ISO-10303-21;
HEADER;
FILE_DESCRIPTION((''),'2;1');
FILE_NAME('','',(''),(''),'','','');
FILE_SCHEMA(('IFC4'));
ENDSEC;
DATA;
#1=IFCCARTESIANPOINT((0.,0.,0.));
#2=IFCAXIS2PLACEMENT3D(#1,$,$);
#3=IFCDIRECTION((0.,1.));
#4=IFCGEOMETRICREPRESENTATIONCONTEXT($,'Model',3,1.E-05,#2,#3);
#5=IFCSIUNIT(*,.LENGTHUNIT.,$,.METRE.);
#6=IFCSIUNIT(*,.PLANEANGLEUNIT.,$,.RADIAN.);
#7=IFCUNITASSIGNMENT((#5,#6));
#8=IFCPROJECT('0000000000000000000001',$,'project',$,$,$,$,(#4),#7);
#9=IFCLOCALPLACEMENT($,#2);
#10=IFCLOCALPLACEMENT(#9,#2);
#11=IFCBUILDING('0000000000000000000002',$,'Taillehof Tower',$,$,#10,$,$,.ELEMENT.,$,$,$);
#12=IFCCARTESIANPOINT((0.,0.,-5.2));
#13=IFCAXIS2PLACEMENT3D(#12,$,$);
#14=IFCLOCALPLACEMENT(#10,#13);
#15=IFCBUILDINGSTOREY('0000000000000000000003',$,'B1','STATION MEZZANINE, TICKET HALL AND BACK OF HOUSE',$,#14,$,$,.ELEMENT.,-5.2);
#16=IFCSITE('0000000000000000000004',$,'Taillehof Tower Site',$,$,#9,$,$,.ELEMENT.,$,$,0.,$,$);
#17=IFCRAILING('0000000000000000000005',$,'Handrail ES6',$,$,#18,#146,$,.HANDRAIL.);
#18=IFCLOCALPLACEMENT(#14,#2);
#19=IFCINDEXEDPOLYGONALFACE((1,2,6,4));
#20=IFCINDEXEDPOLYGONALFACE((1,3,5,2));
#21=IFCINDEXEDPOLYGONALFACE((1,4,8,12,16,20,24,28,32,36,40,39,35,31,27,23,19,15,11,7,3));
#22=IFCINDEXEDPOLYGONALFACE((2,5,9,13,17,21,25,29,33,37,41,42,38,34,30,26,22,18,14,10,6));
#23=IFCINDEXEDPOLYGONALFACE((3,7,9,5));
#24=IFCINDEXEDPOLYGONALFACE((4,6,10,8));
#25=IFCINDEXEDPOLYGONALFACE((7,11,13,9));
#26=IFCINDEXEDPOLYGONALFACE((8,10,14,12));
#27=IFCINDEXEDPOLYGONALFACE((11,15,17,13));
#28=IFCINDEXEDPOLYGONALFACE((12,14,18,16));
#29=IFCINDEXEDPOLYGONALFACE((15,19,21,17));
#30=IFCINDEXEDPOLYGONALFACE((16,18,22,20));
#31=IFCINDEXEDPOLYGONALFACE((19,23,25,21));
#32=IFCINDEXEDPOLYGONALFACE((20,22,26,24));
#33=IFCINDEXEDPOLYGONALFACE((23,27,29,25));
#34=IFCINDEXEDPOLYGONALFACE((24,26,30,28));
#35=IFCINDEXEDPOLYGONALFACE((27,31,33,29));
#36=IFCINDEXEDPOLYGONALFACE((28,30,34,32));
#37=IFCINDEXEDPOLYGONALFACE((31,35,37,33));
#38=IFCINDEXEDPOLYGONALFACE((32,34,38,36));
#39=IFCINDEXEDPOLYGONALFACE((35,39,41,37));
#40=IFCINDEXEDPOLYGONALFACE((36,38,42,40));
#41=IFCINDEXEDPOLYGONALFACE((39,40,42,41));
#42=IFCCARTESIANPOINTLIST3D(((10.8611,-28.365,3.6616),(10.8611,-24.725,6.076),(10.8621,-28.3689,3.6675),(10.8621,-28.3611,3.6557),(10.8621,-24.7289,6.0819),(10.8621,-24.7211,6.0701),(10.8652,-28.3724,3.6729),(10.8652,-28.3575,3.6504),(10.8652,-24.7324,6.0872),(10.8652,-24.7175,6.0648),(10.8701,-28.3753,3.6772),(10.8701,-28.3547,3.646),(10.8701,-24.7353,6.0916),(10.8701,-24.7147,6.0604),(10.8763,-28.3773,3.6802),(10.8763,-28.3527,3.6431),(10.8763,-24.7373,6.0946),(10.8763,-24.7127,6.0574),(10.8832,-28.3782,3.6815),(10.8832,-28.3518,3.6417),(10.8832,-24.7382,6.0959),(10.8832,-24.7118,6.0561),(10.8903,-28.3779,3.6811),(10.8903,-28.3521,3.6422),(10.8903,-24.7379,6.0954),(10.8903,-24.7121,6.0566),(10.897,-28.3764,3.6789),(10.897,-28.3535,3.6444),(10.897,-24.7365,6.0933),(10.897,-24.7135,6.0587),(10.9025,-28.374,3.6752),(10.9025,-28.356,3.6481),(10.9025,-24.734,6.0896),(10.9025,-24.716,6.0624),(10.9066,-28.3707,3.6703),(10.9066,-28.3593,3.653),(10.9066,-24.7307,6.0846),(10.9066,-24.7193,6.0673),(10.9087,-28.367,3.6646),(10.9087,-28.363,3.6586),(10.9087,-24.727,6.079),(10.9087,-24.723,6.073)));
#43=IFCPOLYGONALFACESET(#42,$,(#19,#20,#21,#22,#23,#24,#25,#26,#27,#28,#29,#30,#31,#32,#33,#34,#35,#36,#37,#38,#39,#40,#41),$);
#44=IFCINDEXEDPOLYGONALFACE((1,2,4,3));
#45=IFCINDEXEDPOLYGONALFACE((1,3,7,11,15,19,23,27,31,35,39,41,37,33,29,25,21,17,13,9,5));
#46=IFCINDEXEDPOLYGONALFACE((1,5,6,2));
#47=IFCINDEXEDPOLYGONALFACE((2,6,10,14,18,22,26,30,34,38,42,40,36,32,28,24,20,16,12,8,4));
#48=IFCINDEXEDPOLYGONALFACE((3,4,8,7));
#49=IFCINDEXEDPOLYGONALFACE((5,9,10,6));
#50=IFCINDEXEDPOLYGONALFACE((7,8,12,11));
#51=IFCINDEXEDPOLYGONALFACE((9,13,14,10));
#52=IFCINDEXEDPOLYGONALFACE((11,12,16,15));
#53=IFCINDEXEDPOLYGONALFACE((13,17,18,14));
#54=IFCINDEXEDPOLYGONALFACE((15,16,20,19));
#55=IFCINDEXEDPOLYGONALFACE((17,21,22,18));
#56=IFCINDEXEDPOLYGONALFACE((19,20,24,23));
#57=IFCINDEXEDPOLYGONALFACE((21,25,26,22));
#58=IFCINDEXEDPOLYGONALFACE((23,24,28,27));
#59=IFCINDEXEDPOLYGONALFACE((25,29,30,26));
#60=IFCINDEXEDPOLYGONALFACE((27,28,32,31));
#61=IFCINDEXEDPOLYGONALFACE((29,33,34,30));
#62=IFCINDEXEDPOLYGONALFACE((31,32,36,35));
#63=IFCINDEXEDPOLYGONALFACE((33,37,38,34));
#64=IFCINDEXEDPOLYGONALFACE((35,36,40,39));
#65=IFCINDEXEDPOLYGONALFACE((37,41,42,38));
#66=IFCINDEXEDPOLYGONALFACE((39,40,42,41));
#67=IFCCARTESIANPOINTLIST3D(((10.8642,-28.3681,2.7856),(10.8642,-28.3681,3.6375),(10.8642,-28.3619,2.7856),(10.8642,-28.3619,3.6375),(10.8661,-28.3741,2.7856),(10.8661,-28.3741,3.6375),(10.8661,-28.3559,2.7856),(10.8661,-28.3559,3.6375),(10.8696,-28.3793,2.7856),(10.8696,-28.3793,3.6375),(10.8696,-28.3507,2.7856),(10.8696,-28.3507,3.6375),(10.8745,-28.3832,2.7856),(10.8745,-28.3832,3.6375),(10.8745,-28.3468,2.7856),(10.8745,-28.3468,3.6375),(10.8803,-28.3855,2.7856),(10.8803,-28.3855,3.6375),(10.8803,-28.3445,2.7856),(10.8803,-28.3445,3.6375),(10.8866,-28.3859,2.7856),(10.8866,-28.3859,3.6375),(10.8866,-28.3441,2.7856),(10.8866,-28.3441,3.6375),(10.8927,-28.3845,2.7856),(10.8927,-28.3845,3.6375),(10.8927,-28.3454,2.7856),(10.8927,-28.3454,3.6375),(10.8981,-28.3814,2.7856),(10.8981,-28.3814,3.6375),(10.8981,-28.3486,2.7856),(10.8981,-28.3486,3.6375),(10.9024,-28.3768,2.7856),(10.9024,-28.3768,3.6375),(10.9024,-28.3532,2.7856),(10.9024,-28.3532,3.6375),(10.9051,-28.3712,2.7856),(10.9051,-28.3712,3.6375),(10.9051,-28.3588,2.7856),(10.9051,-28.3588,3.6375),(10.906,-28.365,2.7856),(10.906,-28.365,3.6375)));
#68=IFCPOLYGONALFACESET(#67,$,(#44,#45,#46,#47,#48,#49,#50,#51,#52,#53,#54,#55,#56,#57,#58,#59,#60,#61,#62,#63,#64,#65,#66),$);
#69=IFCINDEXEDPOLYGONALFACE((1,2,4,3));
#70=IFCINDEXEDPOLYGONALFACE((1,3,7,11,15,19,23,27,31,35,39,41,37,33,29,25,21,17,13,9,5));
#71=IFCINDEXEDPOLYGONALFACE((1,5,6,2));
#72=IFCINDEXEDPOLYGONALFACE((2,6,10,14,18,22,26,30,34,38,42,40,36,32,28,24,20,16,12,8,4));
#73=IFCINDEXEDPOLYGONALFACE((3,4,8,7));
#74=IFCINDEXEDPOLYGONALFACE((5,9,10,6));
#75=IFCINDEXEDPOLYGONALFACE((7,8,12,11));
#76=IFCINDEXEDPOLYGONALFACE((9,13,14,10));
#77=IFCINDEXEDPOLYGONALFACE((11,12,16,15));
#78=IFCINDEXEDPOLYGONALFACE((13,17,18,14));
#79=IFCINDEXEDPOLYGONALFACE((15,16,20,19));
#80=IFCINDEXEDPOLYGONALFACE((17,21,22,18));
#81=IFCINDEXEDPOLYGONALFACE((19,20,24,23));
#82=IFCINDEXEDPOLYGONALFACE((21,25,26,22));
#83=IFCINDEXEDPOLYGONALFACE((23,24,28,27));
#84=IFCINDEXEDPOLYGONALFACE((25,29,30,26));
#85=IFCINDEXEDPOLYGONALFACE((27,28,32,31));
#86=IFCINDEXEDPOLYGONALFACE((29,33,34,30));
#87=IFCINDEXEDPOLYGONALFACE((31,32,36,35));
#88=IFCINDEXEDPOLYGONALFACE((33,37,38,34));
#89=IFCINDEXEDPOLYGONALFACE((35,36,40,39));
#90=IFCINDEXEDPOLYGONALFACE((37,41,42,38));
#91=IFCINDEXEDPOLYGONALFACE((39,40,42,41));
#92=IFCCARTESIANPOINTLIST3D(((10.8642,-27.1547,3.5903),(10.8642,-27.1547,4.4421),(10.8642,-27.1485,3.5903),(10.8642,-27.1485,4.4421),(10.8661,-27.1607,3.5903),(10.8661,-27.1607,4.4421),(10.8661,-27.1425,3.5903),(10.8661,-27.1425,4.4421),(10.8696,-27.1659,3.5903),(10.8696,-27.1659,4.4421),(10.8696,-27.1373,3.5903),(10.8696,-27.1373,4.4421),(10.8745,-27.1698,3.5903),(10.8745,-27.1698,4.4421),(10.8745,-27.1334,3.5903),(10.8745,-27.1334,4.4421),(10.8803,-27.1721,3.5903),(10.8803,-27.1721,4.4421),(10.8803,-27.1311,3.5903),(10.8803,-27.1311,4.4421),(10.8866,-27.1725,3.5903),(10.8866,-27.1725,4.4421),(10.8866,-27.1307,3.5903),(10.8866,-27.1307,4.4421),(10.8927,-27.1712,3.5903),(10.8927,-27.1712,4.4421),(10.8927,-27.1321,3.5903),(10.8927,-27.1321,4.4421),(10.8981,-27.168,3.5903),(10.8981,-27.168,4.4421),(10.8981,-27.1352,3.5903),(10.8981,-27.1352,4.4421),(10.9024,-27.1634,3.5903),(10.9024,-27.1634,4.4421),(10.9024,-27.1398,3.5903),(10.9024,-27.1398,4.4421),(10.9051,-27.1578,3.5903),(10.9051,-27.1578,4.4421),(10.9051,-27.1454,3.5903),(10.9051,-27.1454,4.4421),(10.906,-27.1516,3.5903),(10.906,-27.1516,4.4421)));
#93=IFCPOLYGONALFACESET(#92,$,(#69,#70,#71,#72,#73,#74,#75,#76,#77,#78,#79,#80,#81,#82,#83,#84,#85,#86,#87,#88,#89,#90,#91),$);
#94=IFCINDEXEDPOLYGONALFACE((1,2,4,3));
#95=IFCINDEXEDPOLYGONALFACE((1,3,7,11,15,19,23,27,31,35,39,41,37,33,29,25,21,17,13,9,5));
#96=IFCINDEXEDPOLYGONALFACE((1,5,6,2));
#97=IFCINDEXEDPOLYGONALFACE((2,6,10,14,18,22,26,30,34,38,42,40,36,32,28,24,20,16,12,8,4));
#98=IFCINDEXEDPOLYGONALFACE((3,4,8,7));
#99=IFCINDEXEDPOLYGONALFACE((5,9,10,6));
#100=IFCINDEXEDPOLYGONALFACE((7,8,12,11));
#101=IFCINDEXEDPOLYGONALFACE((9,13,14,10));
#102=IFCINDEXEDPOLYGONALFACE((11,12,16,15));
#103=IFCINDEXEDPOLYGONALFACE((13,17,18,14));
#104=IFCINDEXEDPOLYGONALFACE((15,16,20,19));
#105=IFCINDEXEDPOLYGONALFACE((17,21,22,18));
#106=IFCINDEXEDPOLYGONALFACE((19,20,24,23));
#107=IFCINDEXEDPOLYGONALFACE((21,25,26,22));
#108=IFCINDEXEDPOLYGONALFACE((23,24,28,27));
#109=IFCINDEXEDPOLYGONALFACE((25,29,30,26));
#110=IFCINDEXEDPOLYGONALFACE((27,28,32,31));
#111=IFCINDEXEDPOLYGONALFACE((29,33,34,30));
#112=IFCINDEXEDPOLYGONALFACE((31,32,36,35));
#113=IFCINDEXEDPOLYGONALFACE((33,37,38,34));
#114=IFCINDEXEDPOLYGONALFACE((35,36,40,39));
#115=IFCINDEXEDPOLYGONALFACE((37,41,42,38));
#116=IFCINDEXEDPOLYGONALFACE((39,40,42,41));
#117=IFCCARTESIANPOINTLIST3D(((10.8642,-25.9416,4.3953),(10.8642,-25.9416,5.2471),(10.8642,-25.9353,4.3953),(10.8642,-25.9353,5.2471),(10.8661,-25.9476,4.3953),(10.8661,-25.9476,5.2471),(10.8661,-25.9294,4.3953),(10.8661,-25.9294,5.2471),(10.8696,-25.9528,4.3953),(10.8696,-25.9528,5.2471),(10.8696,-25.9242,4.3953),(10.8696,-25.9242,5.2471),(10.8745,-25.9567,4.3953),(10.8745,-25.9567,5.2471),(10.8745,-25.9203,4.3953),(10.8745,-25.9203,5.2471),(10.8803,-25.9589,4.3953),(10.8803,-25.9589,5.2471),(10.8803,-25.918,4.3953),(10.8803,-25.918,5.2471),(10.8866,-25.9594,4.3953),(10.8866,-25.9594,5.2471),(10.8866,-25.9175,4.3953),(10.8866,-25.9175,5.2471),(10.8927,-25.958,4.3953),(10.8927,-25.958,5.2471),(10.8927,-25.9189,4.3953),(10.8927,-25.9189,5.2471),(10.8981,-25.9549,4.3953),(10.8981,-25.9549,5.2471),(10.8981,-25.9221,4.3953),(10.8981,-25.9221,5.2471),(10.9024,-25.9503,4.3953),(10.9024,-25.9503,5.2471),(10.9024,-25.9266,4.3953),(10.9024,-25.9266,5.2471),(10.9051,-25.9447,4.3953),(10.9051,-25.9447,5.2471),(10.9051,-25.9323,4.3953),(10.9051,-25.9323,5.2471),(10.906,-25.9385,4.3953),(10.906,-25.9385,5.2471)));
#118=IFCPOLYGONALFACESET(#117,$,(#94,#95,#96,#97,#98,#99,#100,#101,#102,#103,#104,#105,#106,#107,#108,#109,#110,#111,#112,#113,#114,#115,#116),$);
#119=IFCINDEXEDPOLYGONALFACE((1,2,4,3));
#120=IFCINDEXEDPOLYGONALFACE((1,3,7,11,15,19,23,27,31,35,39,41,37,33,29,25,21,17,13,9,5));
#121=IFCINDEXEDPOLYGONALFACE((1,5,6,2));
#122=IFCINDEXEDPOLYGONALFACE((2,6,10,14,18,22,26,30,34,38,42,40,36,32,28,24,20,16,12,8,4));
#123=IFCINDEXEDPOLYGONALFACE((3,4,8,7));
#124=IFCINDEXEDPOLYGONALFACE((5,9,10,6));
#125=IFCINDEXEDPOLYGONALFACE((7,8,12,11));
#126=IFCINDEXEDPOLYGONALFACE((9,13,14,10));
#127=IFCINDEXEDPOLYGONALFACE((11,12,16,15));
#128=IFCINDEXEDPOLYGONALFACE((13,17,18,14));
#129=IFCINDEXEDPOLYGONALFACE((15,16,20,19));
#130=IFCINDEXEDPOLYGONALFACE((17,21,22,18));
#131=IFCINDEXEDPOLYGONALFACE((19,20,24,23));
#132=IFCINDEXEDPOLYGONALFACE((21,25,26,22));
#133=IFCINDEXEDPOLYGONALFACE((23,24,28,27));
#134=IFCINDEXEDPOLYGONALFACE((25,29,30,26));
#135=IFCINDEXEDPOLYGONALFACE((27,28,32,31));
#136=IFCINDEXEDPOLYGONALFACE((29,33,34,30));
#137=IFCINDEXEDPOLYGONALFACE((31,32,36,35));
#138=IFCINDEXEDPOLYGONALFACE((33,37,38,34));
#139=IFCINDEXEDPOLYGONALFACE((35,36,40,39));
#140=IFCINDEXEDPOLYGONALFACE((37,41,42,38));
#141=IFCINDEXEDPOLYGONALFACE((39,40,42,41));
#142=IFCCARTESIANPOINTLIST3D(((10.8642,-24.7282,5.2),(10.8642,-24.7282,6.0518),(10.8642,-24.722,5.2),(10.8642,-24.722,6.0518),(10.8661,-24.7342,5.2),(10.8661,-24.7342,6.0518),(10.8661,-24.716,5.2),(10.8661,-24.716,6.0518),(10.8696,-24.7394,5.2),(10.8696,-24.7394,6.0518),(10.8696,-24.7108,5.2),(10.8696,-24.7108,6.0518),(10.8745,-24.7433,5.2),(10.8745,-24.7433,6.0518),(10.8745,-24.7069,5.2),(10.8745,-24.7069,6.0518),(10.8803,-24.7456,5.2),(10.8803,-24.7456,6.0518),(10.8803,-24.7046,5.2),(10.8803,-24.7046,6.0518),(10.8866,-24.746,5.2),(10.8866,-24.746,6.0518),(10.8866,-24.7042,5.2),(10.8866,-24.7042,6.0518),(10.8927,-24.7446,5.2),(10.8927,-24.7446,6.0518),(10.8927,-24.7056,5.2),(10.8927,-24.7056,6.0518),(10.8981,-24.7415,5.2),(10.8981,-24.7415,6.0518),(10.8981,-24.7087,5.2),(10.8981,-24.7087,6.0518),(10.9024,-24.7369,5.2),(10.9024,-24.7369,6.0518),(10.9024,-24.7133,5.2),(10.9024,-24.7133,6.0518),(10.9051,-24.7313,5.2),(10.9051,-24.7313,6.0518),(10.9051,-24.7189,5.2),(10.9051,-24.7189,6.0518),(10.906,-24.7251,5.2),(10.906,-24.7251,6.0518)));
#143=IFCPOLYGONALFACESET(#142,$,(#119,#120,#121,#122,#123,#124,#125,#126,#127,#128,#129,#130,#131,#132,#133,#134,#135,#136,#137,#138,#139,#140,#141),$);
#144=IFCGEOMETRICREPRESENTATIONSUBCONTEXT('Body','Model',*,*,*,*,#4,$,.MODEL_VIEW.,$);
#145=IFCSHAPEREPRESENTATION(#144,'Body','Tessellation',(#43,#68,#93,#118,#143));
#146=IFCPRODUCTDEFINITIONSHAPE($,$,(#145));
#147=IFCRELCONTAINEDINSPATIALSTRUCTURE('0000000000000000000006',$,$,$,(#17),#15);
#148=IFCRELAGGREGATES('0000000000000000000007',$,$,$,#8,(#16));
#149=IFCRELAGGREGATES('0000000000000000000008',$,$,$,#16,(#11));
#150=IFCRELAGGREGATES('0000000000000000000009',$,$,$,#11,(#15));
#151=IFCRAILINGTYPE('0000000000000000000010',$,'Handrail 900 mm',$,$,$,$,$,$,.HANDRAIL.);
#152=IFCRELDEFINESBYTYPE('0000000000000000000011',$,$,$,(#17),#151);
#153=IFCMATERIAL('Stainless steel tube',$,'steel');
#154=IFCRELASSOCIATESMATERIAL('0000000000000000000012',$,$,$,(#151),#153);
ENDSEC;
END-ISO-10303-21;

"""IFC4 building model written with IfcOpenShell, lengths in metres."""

from ifc_helpers import new_model, si_unit, direction, frame, origin, origin_2d, place, context, subcontext, project, spatial, circle, extrude, material, type_object, element, save


model = new_model("IFC4")

# Units and contexts
model_context = context("Model", 3, precision=1e-05, world=origin(), true_north=direction((0.0, 1.0)))
body_context = subcontext(model_context, "Body", "Model", "MODEL_VIEW")
ifc_project = project(units=[si_unit("LENGTHUNIT", "METRE"), si_unit("PLANEANGLEUNIT", "RADIAN")], contexts=[model_context])

# Site, building, storey
site_placement = place(None, origin())
site = spatial("IfcSite", under=ifc_project, at=site_placement, Name="Taillehof Tower Site", CompositionType="ELEMENT", RefElevation=0.0)
building_placement = place(site_placement, origin())
building = spatial("IfcBuilding", under=site, at=building_placement, Name="Taillehof Tower", CompositionType="ELEMENT")
storey_placement = place(building_placement, frame((0.0, 0.0, -5.2)))
storey = spatial("IfcBuildingStorey", under=building, at=storey_placement, Name="B1", Description="STATION MEZZANINE, TICKET HALL AND BACK OF HOUSE", CompositionType="ELEMENT", Elevation=-5.2)

# Railing
ifc_material_1 = material(Name="Stainless steel tube", Category="steel")
railing_type_1 = type_object("IfcRailingType", Name="Handrail 900 mm", PredefinedType="HANDRAIL", material=ifc_material_1)
for number, where, name in (
    (1, (10.885, -28.365, 2.7856), "Handrail ES6"),
):
    element("IfcRailing", number, at=place(storey_placement, frame(where)), inside=storey, type_object=railing_type_1, Name=name, PredefinedType="HANDRAIL", context=body_context, shape_type="SweptSolid", body=[
        extrude(circle(Radius=0.0239, at=origin_2d()), frame((0.0, 0.0, 0.876), z_axis=(0.0, 0.833347, 0.552751), x_axis=(-1.0, 0.0, 0.0)), (0.0, 0.0, 1.0), 4.3679),
        extrude(circle(Radius=0.021, at=origin_2d()), origin(), (0.0, 0.0, 1.0), 0.8518),
        extrude(circle(Radius=0.021, at=origin_2d()), frame((0.0, 1.2134, 0.8047)), (0.0, 0.0, 1.0), 0.8518),
        extrude(circle(Radius=0.021, at=origin_2d()), frame((0.0, 2.4265, 1.6096)), (0.0, 0.0, 1.0), 0.8518),
        extrude(circle(Radius=0.021, at=origin_2d()), frame((0.0, 3.6399, 2.4143)), (0.0, 0.0, 1.0), 0.8518),
    ])

save(model, "model.ifc")
